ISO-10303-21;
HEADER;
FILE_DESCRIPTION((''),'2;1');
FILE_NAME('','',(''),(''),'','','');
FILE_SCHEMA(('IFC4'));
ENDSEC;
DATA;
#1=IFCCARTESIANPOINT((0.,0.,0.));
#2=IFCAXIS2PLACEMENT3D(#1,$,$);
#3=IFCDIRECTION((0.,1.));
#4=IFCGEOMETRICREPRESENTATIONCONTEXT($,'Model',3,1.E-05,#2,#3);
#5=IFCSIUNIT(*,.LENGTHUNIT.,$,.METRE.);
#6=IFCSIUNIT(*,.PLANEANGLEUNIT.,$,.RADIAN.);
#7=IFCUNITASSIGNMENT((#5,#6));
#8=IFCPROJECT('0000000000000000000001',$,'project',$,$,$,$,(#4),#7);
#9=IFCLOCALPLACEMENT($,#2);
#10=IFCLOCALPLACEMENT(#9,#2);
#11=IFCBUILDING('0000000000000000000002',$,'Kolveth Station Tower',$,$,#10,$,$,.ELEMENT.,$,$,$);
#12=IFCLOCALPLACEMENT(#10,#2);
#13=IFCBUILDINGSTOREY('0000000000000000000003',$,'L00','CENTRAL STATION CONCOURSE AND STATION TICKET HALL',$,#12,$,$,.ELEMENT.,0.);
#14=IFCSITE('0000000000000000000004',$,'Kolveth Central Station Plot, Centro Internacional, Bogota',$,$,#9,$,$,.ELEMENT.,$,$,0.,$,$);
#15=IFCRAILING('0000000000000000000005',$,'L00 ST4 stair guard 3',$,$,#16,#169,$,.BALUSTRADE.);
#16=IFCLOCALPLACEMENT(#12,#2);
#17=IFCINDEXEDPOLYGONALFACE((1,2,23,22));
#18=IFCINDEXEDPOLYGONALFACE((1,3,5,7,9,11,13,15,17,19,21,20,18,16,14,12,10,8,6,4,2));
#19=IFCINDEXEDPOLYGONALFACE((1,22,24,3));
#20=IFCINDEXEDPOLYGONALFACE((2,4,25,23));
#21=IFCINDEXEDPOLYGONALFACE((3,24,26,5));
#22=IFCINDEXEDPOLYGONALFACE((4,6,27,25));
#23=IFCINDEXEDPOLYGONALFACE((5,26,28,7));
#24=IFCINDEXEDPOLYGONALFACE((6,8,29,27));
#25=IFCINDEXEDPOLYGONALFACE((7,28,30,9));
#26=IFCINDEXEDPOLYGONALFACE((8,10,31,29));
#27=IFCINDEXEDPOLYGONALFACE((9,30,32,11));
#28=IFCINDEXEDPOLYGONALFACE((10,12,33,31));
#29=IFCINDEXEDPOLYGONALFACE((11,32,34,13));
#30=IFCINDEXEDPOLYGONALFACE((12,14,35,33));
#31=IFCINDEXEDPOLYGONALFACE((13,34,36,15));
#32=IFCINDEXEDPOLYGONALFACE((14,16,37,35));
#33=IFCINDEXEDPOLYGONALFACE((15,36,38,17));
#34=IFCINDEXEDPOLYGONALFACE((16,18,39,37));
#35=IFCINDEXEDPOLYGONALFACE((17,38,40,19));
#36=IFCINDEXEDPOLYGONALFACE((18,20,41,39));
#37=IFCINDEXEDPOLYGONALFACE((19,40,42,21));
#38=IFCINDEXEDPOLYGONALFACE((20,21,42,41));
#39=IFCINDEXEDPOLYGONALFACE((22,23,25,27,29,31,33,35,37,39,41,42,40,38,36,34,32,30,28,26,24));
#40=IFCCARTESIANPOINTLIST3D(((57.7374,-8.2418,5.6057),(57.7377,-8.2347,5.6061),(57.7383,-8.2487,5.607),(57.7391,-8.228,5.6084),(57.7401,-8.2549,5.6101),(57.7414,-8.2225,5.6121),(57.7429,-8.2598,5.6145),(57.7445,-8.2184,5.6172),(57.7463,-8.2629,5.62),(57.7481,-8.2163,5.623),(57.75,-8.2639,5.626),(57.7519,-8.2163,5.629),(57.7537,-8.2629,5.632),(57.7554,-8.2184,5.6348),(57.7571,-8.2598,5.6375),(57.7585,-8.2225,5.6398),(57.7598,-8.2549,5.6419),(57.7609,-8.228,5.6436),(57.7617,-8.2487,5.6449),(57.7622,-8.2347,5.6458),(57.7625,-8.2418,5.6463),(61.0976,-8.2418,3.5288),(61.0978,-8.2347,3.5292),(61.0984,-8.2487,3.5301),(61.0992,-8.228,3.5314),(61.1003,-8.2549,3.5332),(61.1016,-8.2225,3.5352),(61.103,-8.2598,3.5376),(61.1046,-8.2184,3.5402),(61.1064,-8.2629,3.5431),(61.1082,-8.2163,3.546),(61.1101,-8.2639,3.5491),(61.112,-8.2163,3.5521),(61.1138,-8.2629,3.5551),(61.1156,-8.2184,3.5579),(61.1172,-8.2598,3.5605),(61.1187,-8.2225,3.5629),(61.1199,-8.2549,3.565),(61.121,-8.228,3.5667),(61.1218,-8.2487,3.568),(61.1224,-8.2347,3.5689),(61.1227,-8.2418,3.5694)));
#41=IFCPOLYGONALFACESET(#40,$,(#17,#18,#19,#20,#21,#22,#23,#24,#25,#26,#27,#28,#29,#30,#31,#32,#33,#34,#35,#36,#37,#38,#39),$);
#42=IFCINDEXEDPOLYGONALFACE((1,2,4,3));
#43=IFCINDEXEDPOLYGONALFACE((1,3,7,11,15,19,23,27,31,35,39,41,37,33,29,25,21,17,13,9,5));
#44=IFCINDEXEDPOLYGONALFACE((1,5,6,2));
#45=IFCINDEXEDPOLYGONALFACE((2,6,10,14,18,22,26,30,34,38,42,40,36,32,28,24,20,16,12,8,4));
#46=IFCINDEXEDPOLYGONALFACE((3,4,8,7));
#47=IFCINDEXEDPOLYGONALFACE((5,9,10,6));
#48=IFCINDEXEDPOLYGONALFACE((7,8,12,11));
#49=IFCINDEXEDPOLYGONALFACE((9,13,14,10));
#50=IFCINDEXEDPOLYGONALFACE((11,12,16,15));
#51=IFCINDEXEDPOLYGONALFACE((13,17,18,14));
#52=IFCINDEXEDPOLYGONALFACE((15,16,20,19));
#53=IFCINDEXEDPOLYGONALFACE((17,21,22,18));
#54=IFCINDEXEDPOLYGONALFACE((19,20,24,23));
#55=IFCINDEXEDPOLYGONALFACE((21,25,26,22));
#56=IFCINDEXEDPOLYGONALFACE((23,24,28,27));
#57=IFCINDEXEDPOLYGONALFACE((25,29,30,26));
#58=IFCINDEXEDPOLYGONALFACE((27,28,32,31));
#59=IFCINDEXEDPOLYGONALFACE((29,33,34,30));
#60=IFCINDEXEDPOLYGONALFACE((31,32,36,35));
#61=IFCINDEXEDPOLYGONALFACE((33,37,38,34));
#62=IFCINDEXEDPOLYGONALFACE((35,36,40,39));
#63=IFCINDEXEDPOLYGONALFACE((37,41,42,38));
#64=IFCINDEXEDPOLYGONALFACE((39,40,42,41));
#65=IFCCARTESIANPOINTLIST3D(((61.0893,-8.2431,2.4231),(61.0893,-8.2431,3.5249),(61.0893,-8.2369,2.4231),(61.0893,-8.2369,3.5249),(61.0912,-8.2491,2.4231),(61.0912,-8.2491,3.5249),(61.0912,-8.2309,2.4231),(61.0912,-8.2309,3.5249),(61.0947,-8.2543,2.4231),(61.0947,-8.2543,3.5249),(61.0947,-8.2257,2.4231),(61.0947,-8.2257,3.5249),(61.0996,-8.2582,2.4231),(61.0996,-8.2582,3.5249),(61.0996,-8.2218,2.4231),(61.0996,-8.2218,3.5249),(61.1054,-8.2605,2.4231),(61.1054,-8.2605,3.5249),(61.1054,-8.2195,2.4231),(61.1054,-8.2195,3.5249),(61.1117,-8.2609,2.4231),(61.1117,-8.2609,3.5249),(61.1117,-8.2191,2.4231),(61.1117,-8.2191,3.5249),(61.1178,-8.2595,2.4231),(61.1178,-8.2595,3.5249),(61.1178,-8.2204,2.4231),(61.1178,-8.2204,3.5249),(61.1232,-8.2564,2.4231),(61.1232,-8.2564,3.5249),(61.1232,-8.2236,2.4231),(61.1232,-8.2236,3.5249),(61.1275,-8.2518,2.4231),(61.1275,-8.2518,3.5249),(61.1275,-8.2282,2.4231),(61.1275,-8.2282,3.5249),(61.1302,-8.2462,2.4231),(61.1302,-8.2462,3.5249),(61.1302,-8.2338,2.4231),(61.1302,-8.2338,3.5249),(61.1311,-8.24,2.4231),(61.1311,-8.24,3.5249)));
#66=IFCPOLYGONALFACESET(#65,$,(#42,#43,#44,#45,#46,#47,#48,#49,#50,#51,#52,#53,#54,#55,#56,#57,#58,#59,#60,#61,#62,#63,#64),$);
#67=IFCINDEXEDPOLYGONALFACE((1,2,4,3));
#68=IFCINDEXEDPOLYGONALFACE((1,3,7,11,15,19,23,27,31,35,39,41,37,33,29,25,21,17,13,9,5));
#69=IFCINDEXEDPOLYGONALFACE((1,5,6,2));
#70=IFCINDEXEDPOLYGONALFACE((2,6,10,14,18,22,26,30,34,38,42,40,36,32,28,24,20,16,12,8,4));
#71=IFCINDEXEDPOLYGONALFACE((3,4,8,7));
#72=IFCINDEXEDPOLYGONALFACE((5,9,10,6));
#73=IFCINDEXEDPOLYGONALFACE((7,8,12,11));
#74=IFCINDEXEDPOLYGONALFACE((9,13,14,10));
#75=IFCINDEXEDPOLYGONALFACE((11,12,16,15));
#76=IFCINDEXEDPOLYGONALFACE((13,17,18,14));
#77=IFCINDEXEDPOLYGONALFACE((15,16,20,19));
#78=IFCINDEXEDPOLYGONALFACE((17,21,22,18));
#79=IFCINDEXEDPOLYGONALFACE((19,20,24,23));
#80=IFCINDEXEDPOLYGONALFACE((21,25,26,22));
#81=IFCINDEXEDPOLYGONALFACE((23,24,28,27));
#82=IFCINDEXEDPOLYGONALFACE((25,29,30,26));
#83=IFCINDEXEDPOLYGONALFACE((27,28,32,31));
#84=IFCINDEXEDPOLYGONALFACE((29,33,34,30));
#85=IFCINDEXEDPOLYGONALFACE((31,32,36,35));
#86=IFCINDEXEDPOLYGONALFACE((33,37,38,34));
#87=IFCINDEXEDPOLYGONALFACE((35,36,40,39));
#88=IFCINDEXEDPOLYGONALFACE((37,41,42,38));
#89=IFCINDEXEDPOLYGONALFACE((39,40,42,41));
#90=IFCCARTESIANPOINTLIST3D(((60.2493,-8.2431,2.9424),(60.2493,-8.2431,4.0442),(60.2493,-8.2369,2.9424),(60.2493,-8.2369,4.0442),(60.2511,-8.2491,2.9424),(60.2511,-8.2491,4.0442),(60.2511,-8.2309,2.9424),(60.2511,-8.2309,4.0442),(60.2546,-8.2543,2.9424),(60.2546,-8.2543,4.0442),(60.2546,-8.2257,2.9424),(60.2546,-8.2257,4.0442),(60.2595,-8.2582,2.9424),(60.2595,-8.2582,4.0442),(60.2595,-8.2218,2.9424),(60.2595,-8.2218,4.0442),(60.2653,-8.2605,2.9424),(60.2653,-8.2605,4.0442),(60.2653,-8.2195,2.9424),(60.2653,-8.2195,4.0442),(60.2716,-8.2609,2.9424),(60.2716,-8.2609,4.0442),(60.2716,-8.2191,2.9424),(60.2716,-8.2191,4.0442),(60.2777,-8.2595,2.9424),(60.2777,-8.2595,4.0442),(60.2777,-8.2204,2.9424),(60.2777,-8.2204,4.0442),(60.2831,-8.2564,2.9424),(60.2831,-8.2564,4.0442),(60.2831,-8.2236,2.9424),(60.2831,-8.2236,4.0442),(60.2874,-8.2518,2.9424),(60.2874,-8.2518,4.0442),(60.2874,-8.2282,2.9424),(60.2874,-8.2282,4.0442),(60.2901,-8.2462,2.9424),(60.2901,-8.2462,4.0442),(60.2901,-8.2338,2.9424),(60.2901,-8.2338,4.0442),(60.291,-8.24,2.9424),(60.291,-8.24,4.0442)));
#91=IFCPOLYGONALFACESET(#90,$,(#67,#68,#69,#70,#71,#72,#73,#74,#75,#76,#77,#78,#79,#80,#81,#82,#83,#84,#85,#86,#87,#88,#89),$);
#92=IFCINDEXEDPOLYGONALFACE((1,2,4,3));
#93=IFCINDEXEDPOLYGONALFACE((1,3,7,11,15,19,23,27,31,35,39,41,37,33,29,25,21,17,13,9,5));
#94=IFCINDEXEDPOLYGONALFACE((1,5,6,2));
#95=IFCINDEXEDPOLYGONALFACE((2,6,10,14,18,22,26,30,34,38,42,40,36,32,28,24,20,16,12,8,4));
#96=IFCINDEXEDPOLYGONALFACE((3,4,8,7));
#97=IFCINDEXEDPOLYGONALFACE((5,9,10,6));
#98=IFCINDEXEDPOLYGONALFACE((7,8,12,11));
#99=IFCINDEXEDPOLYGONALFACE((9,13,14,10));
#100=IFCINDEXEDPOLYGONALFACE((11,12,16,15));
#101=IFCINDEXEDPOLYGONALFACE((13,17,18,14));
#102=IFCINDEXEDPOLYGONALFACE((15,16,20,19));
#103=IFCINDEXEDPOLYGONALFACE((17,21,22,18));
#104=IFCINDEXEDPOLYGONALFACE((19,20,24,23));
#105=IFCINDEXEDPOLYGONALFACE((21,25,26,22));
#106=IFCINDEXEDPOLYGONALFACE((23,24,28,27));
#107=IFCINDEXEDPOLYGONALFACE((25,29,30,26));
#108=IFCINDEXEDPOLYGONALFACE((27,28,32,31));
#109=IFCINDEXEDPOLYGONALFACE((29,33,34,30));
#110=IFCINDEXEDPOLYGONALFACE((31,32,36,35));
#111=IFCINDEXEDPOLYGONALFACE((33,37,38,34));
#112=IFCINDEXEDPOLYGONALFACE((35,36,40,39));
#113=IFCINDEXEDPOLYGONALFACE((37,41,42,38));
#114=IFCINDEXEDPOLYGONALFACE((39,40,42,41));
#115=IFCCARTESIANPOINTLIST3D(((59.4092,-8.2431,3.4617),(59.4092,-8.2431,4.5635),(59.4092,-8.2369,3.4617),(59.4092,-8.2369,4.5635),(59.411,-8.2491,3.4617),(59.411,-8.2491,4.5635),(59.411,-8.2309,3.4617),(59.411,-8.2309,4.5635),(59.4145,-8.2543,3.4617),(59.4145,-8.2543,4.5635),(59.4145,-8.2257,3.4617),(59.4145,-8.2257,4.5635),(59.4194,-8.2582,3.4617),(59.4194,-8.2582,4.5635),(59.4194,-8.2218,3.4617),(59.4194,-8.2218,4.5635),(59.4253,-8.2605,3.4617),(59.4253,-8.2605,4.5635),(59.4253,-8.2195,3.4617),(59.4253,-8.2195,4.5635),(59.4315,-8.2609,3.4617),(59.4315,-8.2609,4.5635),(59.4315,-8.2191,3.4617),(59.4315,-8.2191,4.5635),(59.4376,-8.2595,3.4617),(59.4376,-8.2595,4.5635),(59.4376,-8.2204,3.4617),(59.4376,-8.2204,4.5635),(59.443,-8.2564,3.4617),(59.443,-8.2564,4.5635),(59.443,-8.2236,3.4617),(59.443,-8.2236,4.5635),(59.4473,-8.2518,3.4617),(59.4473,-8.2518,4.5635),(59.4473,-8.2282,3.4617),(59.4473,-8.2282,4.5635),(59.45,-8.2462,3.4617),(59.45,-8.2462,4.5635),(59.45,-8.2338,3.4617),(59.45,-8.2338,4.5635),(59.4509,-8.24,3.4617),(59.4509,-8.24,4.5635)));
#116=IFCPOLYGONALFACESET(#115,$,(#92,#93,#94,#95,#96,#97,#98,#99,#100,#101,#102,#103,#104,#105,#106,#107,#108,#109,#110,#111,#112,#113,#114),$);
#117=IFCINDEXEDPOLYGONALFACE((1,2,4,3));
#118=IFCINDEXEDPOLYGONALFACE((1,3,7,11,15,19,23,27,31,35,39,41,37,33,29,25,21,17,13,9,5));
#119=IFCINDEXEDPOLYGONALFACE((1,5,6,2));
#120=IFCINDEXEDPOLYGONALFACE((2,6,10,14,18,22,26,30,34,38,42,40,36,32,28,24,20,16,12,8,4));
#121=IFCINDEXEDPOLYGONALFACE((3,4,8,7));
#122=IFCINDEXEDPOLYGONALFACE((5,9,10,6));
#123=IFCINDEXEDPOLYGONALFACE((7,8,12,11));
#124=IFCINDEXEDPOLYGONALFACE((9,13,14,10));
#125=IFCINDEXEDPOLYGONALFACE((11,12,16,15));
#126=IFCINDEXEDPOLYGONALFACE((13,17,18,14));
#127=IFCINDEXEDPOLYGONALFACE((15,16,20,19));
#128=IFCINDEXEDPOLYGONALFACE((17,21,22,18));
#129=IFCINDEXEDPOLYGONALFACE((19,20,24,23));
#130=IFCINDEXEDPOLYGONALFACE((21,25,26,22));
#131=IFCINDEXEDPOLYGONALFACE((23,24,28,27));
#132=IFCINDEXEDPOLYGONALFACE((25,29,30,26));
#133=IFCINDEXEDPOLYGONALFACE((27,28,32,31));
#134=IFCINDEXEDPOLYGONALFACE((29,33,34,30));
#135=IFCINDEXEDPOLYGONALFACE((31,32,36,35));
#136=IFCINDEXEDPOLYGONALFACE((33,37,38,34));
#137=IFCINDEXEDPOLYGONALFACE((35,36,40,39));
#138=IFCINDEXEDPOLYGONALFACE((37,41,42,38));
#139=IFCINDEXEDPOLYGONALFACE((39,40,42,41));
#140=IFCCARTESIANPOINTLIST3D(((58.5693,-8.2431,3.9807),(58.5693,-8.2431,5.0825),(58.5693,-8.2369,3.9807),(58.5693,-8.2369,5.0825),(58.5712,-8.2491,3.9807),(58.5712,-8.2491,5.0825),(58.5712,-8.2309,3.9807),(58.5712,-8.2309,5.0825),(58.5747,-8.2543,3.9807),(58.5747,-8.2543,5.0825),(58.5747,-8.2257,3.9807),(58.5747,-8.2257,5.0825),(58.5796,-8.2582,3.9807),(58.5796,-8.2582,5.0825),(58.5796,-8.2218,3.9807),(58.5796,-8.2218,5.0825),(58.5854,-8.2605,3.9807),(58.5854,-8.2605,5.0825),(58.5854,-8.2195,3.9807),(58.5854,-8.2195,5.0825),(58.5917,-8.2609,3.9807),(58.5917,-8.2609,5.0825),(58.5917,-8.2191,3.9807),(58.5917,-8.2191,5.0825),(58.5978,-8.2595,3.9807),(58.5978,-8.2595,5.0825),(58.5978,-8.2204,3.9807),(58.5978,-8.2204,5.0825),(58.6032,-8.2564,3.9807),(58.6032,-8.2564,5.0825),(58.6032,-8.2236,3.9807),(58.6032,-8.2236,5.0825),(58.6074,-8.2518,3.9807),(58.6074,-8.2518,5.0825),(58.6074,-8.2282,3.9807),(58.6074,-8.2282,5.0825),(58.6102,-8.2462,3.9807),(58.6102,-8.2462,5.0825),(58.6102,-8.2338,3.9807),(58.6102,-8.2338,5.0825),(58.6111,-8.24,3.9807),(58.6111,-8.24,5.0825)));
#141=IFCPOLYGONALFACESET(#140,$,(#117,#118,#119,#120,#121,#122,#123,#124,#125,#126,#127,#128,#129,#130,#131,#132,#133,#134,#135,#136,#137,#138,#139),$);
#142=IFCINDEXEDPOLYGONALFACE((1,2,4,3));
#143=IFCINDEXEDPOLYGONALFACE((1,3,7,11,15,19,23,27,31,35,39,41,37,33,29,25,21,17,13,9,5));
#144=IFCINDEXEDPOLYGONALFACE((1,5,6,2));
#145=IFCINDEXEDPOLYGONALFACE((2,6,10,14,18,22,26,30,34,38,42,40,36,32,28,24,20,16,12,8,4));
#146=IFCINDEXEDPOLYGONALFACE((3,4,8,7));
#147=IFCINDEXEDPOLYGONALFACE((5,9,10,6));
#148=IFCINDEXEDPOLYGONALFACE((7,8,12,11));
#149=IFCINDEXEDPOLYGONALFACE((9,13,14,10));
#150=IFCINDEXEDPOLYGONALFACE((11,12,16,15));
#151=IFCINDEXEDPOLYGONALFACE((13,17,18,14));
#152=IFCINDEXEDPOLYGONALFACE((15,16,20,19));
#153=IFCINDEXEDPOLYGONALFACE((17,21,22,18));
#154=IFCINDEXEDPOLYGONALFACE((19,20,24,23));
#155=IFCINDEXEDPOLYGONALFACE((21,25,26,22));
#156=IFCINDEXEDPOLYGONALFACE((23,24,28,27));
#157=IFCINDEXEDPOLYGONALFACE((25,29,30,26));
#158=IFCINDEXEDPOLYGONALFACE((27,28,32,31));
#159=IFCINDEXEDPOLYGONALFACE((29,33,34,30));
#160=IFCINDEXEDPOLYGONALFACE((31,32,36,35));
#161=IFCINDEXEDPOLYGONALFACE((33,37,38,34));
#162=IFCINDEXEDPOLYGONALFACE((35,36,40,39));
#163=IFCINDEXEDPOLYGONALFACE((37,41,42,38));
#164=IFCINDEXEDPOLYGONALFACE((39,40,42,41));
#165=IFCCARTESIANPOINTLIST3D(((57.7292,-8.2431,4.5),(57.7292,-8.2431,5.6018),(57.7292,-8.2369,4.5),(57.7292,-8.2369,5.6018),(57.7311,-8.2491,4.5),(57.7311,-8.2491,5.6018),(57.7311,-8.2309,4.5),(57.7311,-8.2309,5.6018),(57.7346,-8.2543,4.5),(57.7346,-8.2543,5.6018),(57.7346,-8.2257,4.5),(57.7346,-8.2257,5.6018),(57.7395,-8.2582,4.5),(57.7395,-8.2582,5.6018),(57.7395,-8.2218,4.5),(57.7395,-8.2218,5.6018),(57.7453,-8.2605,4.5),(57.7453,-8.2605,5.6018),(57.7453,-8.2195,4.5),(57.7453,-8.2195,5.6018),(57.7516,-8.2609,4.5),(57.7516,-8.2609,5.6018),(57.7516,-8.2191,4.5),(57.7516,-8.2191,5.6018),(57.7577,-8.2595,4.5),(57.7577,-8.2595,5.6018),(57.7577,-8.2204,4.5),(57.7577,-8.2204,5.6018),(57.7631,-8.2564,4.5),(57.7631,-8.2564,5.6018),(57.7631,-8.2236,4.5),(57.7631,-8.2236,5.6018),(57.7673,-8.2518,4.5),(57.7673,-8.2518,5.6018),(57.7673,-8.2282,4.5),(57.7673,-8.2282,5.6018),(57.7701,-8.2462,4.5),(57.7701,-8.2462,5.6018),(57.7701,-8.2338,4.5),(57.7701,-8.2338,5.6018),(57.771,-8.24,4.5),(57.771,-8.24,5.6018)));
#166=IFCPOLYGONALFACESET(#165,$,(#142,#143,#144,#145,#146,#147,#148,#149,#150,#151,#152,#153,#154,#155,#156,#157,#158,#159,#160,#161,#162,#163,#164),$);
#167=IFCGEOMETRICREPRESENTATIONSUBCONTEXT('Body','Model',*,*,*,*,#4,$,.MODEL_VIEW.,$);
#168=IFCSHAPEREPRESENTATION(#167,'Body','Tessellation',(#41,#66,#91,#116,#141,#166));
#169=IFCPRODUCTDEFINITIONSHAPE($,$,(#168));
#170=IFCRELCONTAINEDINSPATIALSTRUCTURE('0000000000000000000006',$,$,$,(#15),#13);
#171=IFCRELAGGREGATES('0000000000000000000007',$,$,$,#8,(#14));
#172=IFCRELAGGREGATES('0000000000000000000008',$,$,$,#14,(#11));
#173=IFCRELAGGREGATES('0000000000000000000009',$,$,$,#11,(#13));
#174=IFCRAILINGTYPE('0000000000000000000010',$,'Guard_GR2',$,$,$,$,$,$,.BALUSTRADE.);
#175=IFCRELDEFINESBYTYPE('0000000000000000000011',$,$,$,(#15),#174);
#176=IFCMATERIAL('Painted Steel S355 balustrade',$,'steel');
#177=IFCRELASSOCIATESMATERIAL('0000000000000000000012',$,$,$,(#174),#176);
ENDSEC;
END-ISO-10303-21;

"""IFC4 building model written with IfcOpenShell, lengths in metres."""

from ifc_helpers import new_model, si_unit, direction, frame, origin, origin_2d, place, context, subcontext, project, spatial, circle, extrude, material, type_object, element, save


model = new_model("IFC4")

# Units and contexts
model_context = context("Model", 3, precision=1e-05, world=origin(), true_north=direction((0.0, 1.0)))
body_context = subcontext(model_context, "Body", "Model", "MODEL_VIEW")
ifc_project = project(units=[si_unit("LENGTHUNIT", "METRE"), si_unit("PLANEANGLEUNIT", "RADIAN")], contexts=[model_context])

# Site, building, storey
site_placement = place(None, origin())
site = spatial("IfcSite", under=ifc_project, at=site_placement, Name="Kolveth Central Station Plot, Centro Internacional, Bogota", CompositionType="ELEMENT", RefElevation=0.0)
building_placement = place(site_placement, origin())
building = spatial("IfcBuilding", under=site, at=building_placement, Name="Kolveth Station Tower", CompositionType="ELEMENT")
storey_placement = place(building_placement, origin())
storey = spatial("IfcBuildingStorey", under=building, at=storey_placement, Name="L00", Description="CENTRAL STATION CONCOURSE AND STATION TICKET HALL", CompositionType="ELEMENT", Elevation=0.0)

# Railing
ifc_material_1 = material(Name="Painted Steel S355 balustrade", Category="steel")
railing_type_1 = type_object("IfcRailingType", Name="Guard_GR2", PredefinedType="BALUSTRADE", material=ifc_material_1)
railing_1_placement = place(storey_placement, frame((61.1101, -8.24, 2.4231)))
element("IfcRailing", 1, at=railing_1_placement, inside=storey, type_object=railing_type_1, Name="L00 ST4 stair guard 3", PredefinedType="BALUSTRADE", context=body_context, shape_type="SweptSolid", body=[
    extrude(circle(Radius=0.0239, at=origin_2d()), frame((0.0, 0.0, 1.126), z_axis=(-0.850623, 0.0, 0.525776), x_axis=(0.0, -1.0, 0.0)), (0.0, 0.0, 1.0), 3.9502),
    extrude(circle(Radius=0.021, at=origin_2d()), origin(), (0.0, 0.0, 1.0), 1.1018),
    extrude(circle(Radius=0.021, at=origin_2d()), frame((-0.8401, 0.0, 0.5193)), (0.0, 0.0, 1.0), 1.1018),
    extrude(circle(Radius=0.021, at=origin_2d()), frame((-1.6802, 0.0, 1.0386)), (0.0, 0.0, 1.0), 1.1018),
    extrude(circle(Radius=0.021, at=origin_2d()), frame((-2.52, 0.0, 1.5576)), (0.0, 0.0, 1.0), 1.1018),
    extrude(circle(Radius=0.021, at=origin_2d()), frame((-3.3601, 0.0, 2.0769)), (0.0, 0.0, 1.0), 1.1018),
])

save(model, "model.ifc")
